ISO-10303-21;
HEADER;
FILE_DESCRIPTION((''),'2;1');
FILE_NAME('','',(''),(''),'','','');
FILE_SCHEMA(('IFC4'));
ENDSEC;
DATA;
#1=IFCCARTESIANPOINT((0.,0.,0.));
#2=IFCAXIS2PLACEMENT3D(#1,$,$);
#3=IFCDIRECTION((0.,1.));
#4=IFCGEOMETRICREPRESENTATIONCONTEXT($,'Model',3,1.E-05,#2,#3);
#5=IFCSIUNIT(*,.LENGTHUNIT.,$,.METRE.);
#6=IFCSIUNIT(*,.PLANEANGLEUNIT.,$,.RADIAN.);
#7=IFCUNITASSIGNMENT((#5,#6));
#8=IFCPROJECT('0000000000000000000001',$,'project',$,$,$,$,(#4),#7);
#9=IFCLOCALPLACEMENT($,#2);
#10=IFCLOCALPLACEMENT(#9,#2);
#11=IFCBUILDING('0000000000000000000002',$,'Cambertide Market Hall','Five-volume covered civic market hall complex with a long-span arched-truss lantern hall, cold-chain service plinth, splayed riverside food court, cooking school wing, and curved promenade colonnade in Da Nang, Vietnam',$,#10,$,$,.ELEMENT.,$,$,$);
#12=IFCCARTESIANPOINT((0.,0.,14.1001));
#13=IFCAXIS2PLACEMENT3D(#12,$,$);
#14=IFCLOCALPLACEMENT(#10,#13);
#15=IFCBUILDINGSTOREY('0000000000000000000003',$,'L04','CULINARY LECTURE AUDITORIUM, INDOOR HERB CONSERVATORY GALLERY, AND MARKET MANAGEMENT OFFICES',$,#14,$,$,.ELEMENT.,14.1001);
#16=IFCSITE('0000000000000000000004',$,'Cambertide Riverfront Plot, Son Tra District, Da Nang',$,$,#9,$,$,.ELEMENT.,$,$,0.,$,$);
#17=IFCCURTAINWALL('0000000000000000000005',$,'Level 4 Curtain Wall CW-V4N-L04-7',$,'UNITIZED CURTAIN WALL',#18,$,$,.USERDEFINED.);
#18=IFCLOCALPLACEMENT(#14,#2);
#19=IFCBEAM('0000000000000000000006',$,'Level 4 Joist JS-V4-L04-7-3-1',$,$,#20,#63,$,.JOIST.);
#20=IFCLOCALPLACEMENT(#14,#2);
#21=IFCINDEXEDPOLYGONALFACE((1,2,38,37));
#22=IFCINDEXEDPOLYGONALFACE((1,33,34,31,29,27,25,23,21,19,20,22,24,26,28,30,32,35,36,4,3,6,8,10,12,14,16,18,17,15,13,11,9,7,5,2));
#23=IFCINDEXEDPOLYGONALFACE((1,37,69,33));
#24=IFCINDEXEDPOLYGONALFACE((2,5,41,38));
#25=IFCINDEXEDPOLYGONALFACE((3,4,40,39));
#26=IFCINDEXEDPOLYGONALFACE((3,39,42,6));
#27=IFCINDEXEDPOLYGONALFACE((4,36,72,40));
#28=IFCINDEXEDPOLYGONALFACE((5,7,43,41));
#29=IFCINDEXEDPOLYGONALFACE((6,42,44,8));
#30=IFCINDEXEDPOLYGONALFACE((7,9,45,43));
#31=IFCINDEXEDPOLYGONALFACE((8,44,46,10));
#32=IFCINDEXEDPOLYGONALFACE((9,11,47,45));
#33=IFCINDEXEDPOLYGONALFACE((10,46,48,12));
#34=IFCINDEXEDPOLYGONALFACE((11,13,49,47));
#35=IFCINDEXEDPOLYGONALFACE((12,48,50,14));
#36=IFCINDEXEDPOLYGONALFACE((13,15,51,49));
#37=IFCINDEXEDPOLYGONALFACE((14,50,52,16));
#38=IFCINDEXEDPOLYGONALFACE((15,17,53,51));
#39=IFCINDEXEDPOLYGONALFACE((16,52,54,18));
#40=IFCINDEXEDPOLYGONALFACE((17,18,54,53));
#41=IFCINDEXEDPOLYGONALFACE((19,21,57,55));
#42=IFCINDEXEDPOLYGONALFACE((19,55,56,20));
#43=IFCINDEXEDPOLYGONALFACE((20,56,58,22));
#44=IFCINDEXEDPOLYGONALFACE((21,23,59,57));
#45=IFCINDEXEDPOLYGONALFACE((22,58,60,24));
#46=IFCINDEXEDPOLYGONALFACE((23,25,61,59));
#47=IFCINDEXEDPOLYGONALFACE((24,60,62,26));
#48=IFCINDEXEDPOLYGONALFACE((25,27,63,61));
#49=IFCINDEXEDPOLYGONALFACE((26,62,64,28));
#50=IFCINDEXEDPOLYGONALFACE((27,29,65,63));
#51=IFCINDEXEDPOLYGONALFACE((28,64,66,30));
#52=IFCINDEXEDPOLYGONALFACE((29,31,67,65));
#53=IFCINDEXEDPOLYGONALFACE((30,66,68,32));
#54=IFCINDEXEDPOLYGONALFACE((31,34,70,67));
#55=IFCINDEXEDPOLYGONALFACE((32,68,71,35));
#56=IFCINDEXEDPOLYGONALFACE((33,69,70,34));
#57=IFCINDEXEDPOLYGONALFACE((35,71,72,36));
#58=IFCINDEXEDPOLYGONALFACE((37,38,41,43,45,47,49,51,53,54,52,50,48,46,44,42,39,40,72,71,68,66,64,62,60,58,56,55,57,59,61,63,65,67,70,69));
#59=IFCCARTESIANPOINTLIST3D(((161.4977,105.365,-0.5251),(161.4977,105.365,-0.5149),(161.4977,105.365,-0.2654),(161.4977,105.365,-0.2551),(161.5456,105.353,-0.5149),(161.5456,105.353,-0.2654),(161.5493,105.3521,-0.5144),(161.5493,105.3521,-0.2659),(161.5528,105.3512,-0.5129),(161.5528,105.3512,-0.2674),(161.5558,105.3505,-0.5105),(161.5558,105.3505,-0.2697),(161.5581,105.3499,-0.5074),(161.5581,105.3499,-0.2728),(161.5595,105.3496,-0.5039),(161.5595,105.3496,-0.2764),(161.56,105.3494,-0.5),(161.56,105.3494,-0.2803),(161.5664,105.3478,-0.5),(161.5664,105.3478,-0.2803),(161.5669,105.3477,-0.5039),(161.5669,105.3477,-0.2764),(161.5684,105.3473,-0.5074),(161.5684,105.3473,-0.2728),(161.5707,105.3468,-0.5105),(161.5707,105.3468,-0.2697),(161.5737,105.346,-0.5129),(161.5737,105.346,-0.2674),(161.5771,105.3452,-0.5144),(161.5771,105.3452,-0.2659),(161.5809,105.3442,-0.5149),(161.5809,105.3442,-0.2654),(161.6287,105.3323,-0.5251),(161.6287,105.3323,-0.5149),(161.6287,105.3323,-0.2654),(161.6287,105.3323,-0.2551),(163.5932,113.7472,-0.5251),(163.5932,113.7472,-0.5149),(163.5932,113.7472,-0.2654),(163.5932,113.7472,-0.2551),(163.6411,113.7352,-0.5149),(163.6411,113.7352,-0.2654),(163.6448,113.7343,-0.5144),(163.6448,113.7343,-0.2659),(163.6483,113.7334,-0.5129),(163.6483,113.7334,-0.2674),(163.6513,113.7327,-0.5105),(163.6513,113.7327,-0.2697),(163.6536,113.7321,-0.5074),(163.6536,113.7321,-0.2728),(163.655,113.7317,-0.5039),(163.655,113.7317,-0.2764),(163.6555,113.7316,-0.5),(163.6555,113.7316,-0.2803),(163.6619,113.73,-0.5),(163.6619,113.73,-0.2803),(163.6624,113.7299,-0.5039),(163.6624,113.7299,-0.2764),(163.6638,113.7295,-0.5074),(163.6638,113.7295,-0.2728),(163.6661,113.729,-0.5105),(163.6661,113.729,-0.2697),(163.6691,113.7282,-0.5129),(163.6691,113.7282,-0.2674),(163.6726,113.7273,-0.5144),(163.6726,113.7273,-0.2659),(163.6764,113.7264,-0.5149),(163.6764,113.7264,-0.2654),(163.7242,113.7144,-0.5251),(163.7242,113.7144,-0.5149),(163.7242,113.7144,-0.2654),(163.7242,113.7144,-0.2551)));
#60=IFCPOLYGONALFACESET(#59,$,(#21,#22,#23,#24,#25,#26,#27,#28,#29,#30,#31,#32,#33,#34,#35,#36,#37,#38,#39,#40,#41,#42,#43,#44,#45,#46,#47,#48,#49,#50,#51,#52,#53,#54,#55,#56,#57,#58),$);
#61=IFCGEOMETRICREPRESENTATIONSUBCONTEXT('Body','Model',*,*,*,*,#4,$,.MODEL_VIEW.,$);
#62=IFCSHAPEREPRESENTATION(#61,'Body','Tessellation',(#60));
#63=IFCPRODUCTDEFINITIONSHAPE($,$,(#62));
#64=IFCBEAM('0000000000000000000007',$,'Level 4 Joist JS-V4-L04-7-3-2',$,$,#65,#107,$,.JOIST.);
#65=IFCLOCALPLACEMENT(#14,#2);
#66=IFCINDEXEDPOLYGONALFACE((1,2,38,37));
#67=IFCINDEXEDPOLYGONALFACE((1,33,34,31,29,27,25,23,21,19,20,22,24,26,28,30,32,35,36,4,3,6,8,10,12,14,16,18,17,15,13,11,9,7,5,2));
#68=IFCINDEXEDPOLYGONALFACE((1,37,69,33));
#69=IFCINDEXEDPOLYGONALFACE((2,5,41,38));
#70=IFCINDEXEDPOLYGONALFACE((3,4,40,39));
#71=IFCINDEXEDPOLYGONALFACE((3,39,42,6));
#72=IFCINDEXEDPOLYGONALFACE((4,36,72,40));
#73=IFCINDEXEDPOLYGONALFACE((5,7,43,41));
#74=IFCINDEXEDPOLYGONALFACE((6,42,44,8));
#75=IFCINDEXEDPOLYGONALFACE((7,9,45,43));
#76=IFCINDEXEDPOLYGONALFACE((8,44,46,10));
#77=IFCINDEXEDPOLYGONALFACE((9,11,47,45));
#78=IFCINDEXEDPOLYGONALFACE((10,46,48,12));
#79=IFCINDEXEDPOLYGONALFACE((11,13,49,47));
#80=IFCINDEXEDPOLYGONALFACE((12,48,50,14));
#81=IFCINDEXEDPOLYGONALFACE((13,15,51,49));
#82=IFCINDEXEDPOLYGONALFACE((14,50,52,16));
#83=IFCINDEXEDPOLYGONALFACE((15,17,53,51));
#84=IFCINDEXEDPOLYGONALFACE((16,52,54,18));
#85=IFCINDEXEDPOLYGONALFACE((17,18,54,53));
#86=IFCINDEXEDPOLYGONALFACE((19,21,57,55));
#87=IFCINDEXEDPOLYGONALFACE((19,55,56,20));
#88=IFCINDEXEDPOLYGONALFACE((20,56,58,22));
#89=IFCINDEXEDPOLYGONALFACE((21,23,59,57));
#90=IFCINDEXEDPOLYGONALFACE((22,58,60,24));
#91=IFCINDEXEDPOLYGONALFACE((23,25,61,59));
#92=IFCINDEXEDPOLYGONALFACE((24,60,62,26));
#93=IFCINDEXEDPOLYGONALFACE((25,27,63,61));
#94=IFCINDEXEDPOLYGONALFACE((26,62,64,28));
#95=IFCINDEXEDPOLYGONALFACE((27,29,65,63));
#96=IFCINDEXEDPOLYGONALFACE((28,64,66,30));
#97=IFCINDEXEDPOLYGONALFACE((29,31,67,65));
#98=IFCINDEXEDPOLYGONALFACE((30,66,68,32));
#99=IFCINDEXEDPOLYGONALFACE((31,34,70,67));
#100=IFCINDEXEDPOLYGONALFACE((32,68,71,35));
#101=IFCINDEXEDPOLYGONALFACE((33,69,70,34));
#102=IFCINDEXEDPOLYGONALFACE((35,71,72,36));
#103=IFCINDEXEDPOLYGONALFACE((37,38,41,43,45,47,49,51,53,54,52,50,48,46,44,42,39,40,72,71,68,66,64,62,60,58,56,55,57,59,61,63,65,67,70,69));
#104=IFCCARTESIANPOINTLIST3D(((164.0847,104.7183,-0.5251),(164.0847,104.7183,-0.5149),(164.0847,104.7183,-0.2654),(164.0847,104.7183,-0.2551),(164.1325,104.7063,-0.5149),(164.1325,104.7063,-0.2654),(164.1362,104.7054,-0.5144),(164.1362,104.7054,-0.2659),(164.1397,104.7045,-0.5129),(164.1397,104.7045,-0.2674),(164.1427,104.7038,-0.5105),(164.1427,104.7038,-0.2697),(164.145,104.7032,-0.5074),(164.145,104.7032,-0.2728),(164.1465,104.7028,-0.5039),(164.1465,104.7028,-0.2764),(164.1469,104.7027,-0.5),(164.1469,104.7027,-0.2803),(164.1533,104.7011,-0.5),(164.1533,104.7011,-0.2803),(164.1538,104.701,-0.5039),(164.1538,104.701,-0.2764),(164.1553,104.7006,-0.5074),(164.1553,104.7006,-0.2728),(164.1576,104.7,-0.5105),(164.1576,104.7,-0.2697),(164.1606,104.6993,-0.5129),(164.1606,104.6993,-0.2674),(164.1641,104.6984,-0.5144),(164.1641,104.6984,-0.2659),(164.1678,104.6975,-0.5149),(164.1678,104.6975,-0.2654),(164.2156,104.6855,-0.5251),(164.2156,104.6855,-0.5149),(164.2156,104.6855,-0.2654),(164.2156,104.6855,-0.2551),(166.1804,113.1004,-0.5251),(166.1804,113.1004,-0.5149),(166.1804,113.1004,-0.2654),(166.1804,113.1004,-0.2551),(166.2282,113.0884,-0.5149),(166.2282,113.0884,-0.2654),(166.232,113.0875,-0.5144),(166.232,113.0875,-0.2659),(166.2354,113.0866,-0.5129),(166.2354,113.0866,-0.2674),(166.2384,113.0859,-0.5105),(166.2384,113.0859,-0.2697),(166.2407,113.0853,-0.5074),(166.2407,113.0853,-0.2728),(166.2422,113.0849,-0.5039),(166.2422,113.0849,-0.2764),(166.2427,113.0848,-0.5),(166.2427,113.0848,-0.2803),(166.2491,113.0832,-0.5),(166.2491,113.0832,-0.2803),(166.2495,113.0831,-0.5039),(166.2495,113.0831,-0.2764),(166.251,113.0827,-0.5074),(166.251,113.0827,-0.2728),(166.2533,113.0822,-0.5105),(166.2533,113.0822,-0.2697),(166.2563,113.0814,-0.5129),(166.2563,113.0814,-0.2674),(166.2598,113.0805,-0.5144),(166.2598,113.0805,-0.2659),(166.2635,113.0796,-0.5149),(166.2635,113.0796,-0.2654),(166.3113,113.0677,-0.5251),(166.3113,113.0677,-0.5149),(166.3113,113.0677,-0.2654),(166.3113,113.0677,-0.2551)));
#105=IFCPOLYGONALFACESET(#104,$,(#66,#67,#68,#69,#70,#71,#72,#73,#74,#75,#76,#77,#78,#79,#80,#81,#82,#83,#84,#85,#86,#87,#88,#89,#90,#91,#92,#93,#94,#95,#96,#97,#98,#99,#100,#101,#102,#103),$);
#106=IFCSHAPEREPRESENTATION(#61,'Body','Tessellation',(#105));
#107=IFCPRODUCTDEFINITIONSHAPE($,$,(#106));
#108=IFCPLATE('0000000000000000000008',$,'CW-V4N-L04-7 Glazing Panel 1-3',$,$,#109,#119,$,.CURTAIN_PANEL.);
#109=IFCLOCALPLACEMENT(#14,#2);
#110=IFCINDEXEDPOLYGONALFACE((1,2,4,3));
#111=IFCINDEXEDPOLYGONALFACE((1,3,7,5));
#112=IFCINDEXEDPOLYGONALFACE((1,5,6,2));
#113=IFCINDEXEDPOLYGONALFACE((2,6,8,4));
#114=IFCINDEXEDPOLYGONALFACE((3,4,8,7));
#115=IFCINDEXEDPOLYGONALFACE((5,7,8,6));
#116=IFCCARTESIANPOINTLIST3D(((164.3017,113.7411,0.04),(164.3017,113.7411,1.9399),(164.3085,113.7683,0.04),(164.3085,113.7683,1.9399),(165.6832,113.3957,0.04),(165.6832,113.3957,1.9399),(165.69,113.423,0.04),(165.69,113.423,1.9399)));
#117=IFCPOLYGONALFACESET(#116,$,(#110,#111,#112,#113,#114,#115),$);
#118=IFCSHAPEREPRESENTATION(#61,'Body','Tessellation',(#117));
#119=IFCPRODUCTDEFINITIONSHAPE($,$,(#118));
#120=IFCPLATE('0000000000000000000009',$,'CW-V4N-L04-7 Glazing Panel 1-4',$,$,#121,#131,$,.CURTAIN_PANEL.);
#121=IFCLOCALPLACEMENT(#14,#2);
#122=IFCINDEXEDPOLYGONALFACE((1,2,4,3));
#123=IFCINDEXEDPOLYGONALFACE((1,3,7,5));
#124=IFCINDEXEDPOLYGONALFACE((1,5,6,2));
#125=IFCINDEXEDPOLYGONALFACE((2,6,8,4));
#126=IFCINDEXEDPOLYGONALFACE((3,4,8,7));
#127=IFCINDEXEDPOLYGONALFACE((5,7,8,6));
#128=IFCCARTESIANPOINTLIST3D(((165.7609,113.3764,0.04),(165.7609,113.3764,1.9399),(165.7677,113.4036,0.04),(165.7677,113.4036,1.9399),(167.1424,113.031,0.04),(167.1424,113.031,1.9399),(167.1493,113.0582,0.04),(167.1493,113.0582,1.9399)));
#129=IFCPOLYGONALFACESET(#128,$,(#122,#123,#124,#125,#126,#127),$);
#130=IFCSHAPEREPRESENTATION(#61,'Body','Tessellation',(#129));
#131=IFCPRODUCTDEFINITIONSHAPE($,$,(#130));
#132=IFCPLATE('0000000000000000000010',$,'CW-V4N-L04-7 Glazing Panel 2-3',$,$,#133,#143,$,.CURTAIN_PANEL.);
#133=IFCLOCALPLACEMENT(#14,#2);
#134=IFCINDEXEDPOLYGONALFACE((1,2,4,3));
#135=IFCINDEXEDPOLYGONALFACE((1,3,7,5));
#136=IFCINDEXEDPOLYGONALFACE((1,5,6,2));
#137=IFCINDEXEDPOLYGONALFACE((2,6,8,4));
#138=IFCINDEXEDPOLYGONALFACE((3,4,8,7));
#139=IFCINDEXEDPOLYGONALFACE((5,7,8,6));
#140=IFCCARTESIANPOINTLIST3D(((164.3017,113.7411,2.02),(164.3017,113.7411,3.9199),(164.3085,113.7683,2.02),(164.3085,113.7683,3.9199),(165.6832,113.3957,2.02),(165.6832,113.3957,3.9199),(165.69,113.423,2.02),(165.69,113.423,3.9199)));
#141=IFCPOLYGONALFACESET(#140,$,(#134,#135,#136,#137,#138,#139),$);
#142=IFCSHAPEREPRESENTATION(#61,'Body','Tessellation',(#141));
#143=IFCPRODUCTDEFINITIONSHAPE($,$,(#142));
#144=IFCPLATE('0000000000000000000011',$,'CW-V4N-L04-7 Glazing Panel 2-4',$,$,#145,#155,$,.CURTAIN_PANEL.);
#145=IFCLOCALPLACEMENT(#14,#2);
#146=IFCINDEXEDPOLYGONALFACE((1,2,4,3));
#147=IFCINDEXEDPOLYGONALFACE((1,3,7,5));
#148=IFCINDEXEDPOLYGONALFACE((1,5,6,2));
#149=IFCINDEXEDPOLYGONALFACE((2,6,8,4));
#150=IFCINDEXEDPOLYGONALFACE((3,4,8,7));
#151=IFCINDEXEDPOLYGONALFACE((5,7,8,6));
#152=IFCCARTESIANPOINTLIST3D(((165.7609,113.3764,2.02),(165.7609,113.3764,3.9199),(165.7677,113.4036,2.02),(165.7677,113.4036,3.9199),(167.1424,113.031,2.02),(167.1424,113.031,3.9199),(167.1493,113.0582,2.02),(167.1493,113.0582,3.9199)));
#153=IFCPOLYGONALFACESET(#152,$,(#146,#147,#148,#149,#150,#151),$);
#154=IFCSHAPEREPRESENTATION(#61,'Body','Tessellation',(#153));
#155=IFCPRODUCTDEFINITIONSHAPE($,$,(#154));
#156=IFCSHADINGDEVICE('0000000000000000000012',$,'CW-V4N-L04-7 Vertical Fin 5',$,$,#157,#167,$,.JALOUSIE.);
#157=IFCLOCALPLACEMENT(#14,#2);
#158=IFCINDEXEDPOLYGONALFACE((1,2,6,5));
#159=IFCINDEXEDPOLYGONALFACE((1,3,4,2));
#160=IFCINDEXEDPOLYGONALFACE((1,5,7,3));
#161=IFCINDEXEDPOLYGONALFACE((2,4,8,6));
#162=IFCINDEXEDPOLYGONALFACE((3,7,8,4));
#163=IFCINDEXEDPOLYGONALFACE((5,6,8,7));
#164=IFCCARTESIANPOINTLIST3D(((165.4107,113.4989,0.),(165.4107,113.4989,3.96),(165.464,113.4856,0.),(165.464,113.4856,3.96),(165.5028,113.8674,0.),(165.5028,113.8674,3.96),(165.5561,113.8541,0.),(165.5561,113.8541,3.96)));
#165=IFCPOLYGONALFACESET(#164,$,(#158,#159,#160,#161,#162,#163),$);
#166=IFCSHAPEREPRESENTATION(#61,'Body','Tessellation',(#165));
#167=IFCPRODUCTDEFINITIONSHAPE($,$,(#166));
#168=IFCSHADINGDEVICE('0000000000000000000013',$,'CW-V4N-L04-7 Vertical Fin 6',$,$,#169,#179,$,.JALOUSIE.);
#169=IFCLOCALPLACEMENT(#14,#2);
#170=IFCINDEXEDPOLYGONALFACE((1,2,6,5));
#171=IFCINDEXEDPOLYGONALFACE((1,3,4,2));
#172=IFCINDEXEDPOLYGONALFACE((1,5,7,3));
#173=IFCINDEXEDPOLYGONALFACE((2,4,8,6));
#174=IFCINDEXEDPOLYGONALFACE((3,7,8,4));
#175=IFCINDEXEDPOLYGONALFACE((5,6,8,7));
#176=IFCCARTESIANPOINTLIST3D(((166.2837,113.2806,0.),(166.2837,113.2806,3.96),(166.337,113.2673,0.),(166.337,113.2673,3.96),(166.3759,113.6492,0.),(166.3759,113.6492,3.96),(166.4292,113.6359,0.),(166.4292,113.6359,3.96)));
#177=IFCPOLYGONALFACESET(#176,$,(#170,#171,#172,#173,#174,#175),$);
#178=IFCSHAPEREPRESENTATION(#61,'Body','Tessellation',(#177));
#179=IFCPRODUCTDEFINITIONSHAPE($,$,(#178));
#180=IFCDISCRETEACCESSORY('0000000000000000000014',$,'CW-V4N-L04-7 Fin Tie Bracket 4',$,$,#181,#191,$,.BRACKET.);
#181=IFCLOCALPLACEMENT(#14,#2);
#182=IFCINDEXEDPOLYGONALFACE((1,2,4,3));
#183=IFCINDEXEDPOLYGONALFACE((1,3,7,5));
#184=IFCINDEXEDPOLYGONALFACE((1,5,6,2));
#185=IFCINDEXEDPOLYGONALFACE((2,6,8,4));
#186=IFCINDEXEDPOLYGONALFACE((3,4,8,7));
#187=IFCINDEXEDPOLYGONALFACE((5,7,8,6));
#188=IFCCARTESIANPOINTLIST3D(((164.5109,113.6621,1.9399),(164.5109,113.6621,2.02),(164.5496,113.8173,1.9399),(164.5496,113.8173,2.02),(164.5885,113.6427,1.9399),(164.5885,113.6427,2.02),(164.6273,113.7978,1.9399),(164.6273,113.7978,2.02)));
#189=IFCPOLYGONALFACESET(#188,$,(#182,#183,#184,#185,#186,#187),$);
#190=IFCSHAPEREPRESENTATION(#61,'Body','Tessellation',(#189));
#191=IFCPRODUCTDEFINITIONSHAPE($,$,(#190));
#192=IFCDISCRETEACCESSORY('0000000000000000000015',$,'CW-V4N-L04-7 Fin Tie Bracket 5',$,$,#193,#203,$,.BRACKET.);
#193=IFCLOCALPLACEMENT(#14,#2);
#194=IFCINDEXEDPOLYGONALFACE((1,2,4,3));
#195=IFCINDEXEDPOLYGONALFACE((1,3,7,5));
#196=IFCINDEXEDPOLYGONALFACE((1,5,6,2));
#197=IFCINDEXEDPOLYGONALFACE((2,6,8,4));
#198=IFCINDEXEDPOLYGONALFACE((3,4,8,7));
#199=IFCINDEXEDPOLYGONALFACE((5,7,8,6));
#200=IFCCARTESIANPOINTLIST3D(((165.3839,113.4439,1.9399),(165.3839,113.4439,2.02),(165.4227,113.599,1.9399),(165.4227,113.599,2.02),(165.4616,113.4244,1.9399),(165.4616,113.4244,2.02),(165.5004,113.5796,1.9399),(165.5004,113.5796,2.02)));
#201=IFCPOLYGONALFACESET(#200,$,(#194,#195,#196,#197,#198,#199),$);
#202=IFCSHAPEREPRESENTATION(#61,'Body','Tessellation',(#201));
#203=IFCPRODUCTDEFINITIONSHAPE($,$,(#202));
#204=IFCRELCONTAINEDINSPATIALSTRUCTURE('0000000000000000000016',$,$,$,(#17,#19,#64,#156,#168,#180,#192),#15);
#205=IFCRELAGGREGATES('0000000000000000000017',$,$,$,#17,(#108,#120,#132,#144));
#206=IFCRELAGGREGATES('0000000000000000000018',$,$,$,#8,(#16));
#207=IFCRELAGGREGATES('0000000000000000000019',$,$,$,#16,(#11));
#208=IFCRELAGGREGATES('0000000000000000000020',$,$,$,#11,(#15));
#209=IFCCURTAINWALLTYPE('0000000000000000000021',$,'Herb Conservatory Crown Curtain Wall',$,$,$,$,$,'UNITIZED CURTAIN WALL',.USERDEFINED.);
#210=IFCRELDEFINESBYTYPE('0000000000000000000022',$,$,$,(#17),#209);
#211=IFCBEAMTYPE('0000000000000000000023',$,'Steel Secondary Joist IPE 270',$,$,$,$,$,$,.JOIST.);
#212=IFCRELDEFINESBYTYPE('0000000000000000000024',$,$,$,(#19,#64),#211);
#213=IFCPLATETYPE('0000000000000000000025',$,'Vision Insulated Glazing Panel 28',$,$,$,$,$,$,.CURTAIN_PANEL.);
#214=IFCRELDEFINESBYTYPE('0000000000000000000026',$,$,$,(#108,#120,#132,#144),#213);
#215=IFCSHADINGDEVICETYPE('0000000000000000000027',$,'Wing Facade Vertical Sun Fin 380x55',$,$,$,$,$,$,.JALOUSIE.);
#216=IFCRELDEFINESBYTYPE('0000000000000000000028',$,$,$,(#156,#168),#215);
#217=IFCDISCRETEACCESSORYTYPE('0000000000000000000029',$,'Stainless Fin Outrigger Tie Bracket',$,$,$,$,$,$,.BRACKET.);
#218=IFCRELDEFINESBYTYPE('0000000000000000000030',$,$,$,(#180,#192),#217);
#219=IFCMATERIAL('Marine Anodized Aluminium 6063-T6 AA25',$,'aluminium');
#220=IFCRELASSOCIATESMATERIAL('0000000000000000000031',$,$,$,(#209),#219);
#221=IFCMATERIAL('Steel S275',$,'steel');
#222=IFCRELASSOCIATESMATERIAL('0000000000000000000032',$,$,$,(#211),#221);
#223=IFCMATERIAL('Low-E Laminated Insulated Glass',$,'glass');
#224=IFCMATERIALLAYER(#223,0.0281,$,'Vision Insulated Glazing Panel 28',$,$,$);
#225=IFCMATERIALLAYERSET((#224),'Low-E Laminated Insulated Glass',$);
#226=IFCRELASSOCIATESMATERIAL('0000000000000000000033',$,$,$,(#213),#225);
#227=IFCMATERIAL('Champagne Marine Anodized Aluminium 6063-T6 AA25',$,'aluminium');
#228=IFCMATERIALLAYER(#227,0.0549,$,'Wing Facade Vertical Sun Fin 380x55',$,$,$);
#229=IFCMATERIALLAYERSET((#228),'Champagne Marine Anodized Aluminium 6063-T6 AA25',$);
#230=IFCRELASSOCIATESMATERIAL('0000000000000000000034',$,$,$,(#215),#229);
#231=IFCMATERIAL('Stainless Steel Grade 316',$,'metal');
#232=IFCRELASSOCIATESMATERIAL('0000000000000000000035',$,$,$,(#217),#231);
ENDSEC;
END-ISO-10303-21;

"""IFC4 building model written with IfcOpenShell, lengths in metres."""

from ifc_helpers import new_model, si_unit, direction, frame, origin, origin_2d, place, context, subcontext, project, spatial, rectangle, i_section, extrude, material, layer, layer_set, material_profile, profile_set, type_object, element, aggregate, save


model = new_model("IFC4")

# Units and contexts
model_context = context("Model", 3, precision=1e-05, world=origin(), true_north=direction((0.0, 1.0)))
body_context = subcontext(model_context, "Body", "Model", "MODEL_VIEW")
ifc_project = project(units=[si_unit("LENGTHUNIT", "METRE"), si_unit("PLANEANGLEUNIT", "RADIAN")], contexts=[model_context])

# Site, building, storey
site_placement = place(None, origin())
site = spatial("IfcSite", under=ifc_project, at=site_placement, Name="Cambertide Riverfront Plot, Son Tra District, Da Nang", CompositionType="ELEMENT", RefElevation=0.0)
building_placement = place(site_placement, origin())
building = spatial("IfcBuilding", under=site, at=building_placement, Name="Cambertide Market Hall", Description="Five-volume covered civic market hall complex with a long-span arched-truss lantern hall, cold-chain service plinth, splayed riverside food court, cooking school wing, and curved promenade colonnade in Da Nang, Vietnam", CompositionType="ELEMENT")
storey_placement = place(building_placement, frame((0.0, 0.0, 14.1001)))
storey = spatial("IfcBuildingStorey", under=building, at=storey_placement, Name="L04", Description="CULINARY LECTURE AUDITORIUM, INDOOR HERB CONSERVATORY GALLERY, AND MARKET MANAGEMENT OFFICES", CompositionType="ELEMENT", Elevation=14.1001)

# Curtain wall
ifc_material_1 = material(Name="Marine Anodized Aluminium 6063-T6 AA25", Category="aluminium")
curtain_wall_type = type_object("IfcCurtainWallType", Name="Herb Conservatory Crown Curtain Wall", ElementType="UNITIZED CURTAIN WALL", PredefinedType="USERDEFINED", material=ifc_material_1)
curtain_wall_placement = place(storey_placement, origin())
curtain_wall = element("IfcCurtainWall", 1, at=curtain_wall_placement, inside=storey, type_object=curtain_wall_type, Name="Level 4 Curtain Wall CW-V4N-L04-7", ObjectType="UNITIZED CURTAIN WALL", PredefinedType="USERDEFINED")

# Beams
ifc_material_2 = material(Name="Steel S275", Category="steel")
ifc_material_profile_1 = material_profile(ifc_material_2, i_section(OverallWidth=0.135, OverallDepth=0.27, WebThickness=0.0066, FlangeThickness=0.0103, FilletRadius=0.0149, at=origin_2d()), Name="IPE 270")
ifc_profile_set_1 = profile_set([ifc_material_profile_1], Name="Steel S275")
beam_type = type_object("IfcBeamType", Name="Steel Secondary Joist IPE 270", PredefinedType="JOIST", material=ifc_profile_set_1)
for number, where, z_axis, x_axis, name in (
    (2, (161.5632, 105.3486, -0.3901), (0.242529, 0.970144, 0.0), (-0.970144, 0.242529, 0.0), "Level 4 Joist JS-V4-L04-7-3-1"),
    (3, (164.1501, 104.7019, -0.3901), (0.242556, 0.970138, 0.0), (-0.970138, 0.242556, 0.0), "Level 4 Joist JS-V4-L04-7-3-2"),
):
    element("IfcBeam", number, at=place(storey_placement, frame(where, z_axis=z_axis, x_axis=x_axis)), inside=storey, type_object=beam_type, Name=name, PredefinedType="JOIST", context=body_context, shape_type="SweptSolid", body=[
        extrude(i_section(OverallWidth=0.135, OverallDepth=0.27, WebThickness=0.0066, FlangeThickness=0.0103, FilletRadius=0.0149, at=origin_2d()), origin(), (0.0, 0.0, 1.0), 8.6401),
    ])

# Plates
ifc_material_3 = material(Name="Low-E Laminated Insulated Glass", Category="glass")
ifc_layer_1 = layer(ifc_material_3, 0.0281, Name="Vision Insulated Glazing Panel 28")
ifc_layer_set_1 = layer_set([ifc_layer_1], Name="Low-E Laminated Insulated Glass")
plate_type = type_object("IfcPlateType", Name="Vision Insulated Glazing Panel 28", PredefinedType="CURTAIN_PANEL", material=ifc_layer_set_1)
plate_1_placement = place(storey_placement, frame((164.9958, 113.582, 0.04), z_axis=(0.0, 0.0, 1.0), x_axis=(0.970143, -0.242536, 0.0)))
plate_1 = element("IfcPlate", 4, at=plate_1_placement, type_object=plate_type, Name="CW-V4N-L04-7 Glazing Panel 1-3", PredefinedType="CURTAIN_PANEL", context=body_context, shape_type="SweptSolid", body=[
    extrude(rectangle(XDim=1.4241, YDim=0.0281, at=origin_2d()), origin(), (0.0, 0.0, 1.0), 1.8999),
])
plate_2_placement = place(storey_placement, frame((166.4551, 113.2173, 0.04), z_axis=(0.0, 0.0, 1.0), x_axis=(0.970143, -0.242536, 0.0)))
plate_2 = element("IfcPlate", 5, at=plate_2_placement, type_object=plate_type, Name="CW-V4N-L04-7 Glazing Panel 1-4", PredefinedType="CURTAIN_PANEL", context=body_context, shape_type="SweptSolid", body=[
    extrude(rectangle(XDim=1.4241, YDim=0.0281, at=origin_2d()), origin(), (0.0, 0.0, 1.0), 1.8999),
])
plate_3_placement = place(storey_placement, frame((164.9958, 113.582, 2.02), z_axis=(0.0, 0.0, 1.0), x_axis=(0.970143, -0.242536, 0.0)))
plate_3 = element("IfcPlate", 6, at=plate_3_placement, type_object=plate_type, Name="CW-V4N-L04-7 Glazing Panel 2-3", PredefinedType="CURTAIN_PANEL", context=body_context, shape_type="SweptSolid", body=[
    extrude(rectangle(XDim=1.4241, YDim=0.0281, at=origin_2d()), origin(), (0.0, 0.0, 1.0), 1.8999),
])
plate_4_placement = place(storey_placement, frame((166.4551, 113.2173, 2.02), z_axis=(0.0, 0.0, 1.0), x_axis=(0.970143, -0.242536, 0.0)))
plate_4 = element("IfcPlate", 7, at=plate_4_placement, type_object=plate_type, Name="CW-V4N-L04-7 Glazing Panel 2-4", PredefinedType="CURTAIN_PANEL", context=body_context, shape_type="SweptSolid", body=[
    extrude(rectangle(XDim=1.4241, YDim=0.0281, at=origin_2d()), origin(), (0.0, 0.0, 1.0), 1.8999),
])
aggregate(curtain_wall, [plate_1, plate_2, plate_3, plate_4])

# Shading devices
ifc_material_4 = material(Name="Champagne Marine Anodized Aluminium 6063-T6 AA25", Category="aluminium")
ifc_layer_2 = layer(ifc_material_4, 0.0549, Name="Wing Facade Vertical Sun Fin 380x55")
ifc_layer_set_2 = layer_set([ifc_layer_2], Name="Champagne Marine Anodized Aluminium 6063-T6 AA25")
shading_device_type = type_object("IfcShadingDeviceType", Name="Wing Facade Vertical Sun Fin 380x55", PredefinedType="JALOUSIE", material=ifc_layer_set_2)
for number, where, z_axis, x_axis, name in (
    (8, (165.4834, 113.6765, 0.0), (0.0, 0.0, 1.0), (0.970143, -0.242536, 0.0), "CW-V4N-L04-7 Vertical Fin 5"),
    (9, (166.3564, 113.4583, 0.0), (0.0, 0.0, 1.0), (0.970143, -0.242536, 0.0), "CW-V4N-L04-7 Vertical Fin 6"),
):
    element("IfcShadingDevice", number, at=place(storey_placement, frame(where, z_axis=z_axis, x_axis=x_axis)), inside=storey, type_object=shading_device_type, Name=name, PredefinedType="JALOUSIE", context=body_context, shape_type="SweptSolid", body=[
        extrude(rectangle(XDim=0.0549, YDim=0.3799, at=origin_2d()), origin(), (0.0, 0.0, 1.0), 3.96),
    ])

# Discrete accessories
ifc_material_5 = material(Name="Stainless Steel Grade 316", Category="metal")
discrete_accessory_type = type_object("IfcDiscreteAccessoryType", Name="Stainless Fin Outrigger Tie Bracket", PredefinedType="BRACKET", material=ifc_material_5)
for number, where, z_axis, x_axis, name in (
    (10, (164.5691, 113.73, 1.9399), (0.0, 0.0, 1.0), (0.970143, -0.242536, 0.0), "CW-V4N-L04-7 Fin Tie Bracket 4"),
    (11, (165.4421, 113.5117, 1.9399), (0.0, 0.0, 1.0), (0.970143, -0.242536, 0.0), "CW-V4N-L04-7 Fin Tie Bracket 5"),
):
    element("IfcDiscreteAccessory", number, at=place(storey_placement, frame(where, z_axis=z_axis, x_axis=x_axis)), inside=storey, type_object=discrete_accessory_type, Name=name, PredefinedType="BRACKET", context=body_context, shape_type="SweptSolid", body=[
        extrude(rectangle(XDim=0.0801, YDim=0.1599, at=origin_2d()), origin(), (0.0, 0.0, 1.0), 0.0801),
    ])

save(model, "model.ifc")
